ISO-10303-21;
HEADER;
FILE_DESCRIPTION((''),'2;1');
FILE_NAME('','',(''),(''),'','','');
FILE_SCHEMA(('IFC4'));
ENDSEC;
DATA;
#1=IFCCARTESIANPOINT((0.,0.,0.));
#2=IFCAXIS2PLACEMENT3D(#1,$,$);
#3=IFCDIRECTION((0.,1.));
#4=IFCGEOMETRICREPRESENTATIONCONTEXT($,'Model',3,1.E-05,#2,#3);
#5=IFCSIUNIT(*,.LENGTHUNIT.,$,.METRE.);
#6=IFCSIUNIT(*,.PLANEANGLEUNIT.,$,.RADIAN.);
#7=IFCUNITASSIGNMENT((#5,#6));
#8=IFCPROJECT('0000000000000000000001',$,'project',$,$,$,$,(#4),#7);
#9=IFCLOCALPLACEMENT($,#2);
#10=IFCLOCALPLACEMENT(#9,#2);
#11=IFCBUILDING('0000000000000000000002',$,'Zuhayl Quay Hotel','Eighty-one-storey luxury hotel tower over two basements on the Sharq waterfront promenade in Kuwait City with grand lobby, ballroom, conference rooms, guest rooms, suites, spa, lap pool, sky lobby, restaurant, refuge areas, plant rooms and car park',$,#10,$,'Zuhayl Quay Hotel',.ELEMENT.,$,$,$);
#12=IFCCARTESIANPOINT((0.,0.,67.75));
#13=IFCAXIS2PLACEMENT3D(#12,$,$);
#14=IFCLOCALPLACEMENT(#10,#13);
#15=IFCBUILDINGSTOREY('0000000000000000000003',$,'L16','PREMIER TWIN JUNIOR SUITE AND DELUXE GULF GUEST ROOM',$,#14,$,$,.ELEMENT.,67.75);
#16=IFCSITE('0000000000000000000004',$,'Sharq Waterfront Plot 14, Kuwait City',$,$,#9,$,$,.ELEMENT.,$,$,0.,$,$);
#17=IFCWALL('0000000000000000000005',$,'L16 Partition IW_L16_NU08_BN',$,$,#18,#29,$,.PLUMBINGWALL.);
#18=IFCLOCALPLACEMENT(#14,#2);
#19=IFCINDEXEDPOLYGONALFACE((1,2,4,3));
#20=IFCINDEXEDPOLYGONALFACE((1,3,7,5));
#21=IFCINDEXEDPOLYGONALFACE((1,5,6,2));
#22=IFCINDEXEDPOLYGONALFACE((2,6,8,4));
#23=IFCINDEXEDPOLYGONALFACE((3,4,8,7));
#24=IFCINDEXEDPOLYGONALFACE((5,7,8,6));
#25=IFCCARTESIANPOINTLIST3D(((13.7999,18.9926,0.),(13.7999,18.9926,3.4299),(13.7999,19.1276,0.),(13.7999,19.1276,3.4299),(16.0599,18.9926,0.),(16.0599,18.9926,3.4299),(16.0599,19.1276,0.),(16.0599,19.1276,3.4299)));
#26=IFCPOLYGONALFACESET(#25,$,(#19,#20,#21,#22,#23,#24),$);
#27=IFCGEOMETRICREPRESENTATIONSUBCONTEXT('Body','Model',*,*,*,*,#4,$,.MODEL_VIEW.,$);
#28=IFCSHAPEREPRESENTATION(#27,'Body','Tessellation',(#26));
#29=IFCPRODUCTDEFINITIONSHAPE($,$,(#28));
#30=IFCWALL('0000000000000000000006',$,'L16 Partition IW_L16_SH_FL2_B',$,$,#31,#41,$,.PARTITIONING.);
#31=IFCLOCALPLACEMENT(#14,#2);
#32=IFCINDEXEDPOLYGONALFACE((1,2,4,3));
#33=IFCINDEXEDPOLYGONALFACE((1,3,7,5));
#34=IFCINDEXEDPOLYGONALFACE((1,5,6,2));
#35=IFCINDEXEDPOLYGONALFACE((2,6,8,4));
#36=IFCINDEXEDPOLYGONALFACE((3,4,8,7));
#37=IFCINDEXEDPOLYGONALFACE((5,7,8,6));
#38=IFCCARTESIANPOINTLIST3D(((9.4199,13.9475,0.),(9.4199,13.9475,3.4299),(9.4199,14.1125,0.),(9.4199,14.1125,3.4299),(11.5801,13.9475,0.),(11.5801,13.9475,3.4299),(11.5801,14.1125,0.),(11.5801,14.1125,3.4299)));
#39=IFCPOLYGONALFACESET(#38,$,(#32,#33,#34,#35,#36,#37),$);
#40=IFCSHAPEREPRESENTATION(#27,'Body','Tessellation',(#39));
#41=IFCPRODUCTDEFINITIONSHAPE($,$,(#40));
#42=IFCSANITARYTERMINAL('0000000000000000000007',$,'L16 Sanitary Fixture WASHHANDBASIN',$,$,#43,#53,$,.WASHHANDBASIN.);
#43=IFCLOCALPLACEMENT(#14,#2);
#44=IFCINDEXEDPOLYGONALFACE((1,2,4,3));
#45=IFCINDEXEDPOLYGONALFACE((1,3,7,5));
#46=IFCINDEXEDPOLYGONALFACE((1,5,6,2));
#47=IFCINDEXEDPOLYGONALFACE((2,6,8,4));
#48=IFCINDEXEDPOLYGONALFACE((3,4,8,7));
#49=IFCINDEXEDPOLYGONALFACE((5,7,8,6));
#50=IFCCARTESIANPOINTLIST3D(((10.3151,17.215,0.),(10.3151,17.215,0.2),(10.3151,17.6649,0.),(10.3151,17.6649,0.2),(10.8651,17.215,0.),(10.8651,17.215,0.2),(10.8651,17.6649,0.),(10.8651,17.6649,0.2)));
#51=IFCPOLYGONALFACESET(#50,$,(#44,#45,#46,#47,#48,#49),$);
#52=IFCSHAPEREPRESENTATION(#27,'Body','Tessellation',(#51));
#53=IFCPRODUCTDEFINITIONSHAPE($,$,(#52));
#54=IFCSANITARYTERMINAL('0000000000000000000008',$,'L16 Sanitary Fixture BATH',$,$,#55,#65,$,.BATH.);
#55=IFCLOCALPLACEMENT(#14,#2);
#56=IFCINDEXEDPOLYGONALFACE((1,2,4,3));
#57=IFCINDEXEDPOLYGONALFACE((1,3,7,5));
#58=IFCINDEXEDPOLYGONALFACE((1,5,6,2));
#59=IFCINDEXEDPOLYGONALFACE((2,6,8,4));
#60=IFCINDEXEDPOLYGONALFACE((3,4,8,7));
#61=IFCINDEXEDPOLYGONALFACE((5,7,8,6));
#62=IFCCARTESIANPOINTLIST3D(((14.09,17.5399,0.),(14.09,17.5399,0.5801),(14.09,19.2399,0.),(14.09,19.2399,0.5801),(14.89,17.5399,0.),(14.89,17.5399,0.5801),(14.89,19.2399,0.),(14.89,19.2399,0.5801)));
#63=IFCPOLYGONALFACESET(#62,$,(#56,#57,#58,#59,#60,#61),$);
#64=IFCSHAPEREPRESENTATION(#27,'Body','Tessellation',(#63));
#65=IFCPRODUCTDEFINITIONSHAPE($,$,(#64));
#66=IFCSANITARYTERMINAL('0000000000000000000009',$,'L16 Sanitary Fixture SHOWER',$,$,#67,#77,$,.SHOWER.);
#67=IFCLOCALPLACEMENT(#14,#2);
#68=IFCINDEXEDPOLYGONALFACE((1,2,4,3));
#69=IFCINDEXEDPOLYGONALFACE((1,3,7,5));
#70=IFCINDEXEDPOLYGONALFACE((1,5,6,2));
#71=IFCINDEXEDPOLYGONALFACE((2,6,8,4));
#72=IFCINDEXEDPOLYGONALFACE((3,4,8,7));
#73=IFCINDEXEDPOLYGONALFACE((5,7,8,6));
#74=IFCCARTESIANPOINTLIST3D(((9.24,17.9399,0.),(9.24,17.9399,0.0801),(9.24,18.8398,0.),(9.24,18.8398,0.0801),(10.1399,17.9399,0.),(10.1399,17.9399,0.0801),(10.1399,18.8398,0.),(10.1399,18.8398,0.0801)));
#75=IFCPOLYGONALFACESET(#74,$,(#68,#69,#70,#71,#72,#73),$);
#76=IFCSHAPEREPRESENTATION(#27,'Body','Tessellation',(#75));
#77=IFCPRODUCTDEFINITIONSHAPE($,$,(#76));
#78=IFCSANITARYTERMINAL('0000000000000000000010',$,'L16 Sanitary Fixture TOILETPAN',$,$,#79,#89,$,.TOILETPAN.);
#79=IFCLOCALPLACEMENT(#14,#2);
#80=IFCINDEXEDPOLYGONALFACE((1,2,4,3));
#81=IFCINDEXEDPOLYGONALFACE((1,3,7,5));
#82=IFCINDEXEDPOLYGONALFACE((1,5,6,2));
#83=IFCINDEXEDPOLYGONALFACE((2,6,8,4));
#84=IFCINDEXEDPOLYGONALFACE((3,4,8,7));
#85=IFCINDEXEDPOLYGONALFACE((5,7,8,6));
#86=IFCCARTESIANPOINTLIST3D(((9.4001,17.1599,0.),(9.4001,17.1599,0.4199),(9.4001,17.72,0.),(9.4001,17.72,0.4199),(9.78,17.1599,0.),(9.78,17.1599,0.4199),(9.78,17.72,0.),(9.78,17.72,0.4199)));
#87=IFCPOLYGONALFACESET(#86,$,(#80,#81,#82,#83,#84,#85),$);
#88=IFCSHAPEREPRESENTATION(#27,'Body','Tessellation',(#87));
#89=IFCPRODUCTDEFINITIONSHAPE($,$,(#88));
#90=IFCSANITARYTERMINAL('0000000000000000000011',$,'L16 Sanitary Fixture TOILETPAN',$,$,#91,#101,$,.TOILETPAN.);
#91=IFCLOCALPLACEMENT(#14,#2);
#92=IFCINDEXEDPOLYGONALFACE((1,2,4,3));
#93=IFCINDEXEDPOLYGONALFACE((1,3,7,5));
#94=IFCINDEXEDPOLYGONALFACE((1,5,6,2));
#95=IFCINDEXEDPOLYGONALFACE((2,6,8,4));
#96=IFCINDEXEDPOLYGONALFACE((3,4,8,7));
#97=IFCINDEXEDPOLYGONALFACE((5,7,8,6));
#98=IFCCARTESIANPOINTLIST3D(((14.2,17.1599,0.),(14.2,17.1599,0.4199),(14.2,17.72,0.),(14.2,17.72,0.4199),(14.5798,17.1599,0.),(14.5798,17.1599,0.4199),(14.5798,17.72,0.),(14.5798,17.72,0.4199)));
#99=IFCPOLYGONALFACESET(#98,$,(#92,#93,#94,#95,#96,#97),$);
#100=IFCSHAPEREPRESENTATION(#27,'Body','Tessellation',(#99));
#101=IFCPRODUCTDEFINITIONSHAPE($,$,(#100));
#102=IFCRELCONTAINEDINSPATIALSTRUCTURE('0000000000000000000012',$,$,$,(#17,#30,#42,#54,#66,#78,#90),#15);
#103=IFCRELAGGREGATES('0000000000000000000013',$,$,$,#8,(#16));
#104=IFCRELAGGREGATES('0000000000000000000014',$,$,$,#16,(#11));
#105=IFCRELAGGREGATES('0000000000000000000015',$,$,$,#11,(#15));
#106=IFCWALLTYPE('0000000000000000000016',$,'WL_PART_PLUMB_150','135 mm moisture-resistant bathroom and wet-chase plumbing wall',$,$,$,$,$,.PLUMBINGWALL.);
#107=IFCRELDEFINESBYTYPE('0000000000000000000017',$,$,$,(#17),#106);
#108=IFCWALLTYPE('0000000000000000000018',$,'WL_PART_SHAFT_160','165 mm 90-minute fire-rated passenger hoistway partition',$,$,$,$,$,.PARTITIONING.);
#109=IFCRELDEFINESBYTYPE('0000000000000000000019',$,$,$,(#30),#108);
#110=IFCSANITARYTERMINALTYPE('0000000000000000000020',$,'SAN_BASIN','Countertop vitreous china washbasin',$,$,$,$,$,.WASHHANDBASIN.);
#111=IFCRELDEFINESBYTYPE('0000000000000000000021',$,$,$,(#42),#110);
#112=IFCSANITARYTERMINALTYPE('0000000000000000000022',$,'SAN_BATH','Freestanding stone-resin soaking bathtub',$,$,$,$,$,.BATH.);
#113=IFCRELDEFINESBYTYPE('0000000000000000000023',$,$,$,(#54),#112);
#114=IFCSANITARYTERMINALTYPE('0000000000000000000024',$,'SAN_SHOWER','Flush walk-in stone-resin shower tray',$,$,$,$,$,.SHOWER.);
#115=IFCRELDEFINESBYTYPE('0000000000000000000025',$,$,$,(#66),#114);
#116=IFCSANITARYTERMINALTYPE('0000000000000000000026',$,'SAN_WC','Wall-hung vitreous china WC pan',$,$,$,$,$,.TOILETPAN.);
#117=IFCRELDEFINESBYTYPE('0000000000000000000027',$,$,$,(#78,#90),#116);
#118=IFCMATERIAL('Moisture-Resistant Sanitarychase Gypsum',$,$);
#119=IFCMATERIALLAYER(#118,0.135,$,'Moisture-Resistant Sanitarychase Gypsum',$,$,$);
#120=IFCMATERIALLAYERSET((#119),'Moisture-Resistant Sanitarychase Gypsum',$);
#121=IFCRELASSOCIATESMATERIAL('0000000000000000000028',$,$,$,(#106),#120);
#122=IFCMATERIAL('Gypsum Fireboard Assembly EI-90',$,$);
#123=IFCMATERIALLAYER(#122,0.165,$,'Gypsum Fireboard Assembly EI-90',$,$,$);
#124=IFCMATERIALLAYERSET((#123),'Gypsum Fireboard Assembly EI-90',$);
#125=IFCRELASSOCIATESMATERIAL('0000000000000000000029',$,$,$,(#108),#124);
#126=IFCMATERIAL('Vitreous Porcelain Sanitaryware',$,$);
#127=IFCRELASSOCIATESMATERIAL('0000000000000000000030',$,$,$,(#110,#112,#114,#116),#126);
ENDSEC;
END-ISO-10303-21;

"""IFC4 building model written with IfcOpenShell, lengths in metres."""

from ifc_helpers import new_model, si_unit, direction, frame, frame_2d, origin, origin_2d, place, context, subcontext, project, spatial, rectangle, extrude, material, layer, layer_set, type_object, element, save


model = new_model("IFC4")

# Units and contexts
model_context = context("Model", 3, precision=1e-05, world=origin(), true_north=direction((0.0, 1.0)))
body_context = subcontext(model_context, "Body", "Model", "MODEL_VIEW")
ifc_project = project(units=[si_unit("LENGTHUNIT", "METRE"), si_unit("PLANEANGLEUNIT", "RADIAN")], contexts=[model_context])

# Site, building, storey
site_placement = place(None, origin())
site = spatial("IfcSite", under=ifc_project, at=site_placement, Name="Sharq Waterfront Plot 14, Kuwait City", CompositionType="ELEMENT", RefElevation=0.0)
building_placement = place(site_placement, origin())
building = spatial("IfcBuilding", under=site, at=building_placement, Name="Zuhayl Quay Hotel", Description="Eighty-one-storey luxury hotel tower over two basements on the Sharq waterfront promenade in Kuwait City with grand lobby, ballroom, conference rooms, guest rooms, suites, spa, lap pool, sky lobby, restaurant, refuge areas, plant rooms and car park", LongName="Zuhayl Quay Hotel", CompositionType="ELEMENT")
storey_placement = place(building_placement, frame((0.0, 0.0, 67.75)))
storey = spatial("IfcBuildingStorey", under=building, at=storey_placement, Name="L16", Description="PREMIER TWIN JUNIOR SUITE AND DELUXE GULF GUEST ROOM", CompositionType="ELEMENT", Elevation=67.75)

# Shared definitions
ifc_material_1 = material(Name="Moisture-Resistant Sanitarychase Gypsum")
ifc_layer_1 = layer(ifc_material_1, 0.135, Name="Moisture-Resistant Sanitarychase Gypsum")
ifc_layer_set_1 = layer_set([ifc_layer_1], Name="Moisture-Resistant Sanitarychase Gypsum")
wall_type_1 = type_object("IfcWallType", Name="WL_PART_PLUMB_150", Description="135 mm moisture-resistant bathroom and wet-chase plumbing wall", PredefinedType="PLUMBINGWALL", material=ifc_layer_set_1)

# Walls
wall_1_placement = place(storey_placement, frame((13.8, 19.0601, 0.0), z_axis=(0.0, 0.0, 1.0), x_axis=(1.0, 0.0, 0.0)))
element("IfcWall", 1, at=wall_1_placement, inside=storey, type_object=wall_type_1, Name="L16 Partition IW_L16_NU08_BN", PredefinedType="PLUMBINGWALL", context=body_context, shape_type="SweptSolid", body=[
    extrude(rectangle(XDim=2.26, YDim=0.135, at=frame_2d((1.1299, 0.0))), origin(), (0.0, 0.0, 1.0), 3.4299),
])
ifc_material_2 = material(Name="Gypsum Fireboard Assembly EI-90")
ifc_layer_2 = layer(ifc_material_2, 0.165, Name="Gypsum Fireboard Assembly EI-90")
ifc_layer_set_2 = layer_set([ifc_layer_2], Name="Gypsum Fireboard Assembly EI-90")
wall_type_2 = type_object("IfcWallType", Name="WL_PART_SHAFT_160", Description="165 mm 90-minute fire-rated passenger hoistway partition", PredefinedType="PARTITIONING", material=ifc_layer_set_2)
wall_2_placement = place(storey_placement, frame((9.4199, 14.03, 0.0), z_axis=(0.0, 0.0, 1.0), x_axis=(1.0, 0.0, 0.0)))
element("IfcWall", 2, at=wall_2_placement, inside=storey, type_object=wall_type_2, Name="L16 Partition IW_L16_SH_FL2_B", PredefinedType="PARTITIONING", context=body_context, shape_type="SweptSolid", body=[
    extrude(rectangle(XDim=2.1602, YDim=0.165, at=frame_2d((1.0801, 0.0))), origin(), (0.0, 0.0, 1.0), 3.4299),
])

# Sanitary terminals
ifc_material_3 = material(Name="Vitreous Porcelain Sanitaryware")
sanitary_terminal_type_1 = type_object("IfcSanitaryTerminalType", Name="SAN_BASIN", Description="Countertop vitreous china washbasin", PredefinedType="WASHHANDBASIN", material=ifc_material_3)
sanitary_terminal_1_placement = place(storey_placement, frame((10.5901, 17.4399, 0.0), z_axis=(0.0, 0.0, 1.0), x_axis=(1.0, 0.0, 0.0)))
element("IfcSanitaryTerminal", 3, at=sanitary_terminal_1_placement, inside=storey, type_object=sanitary_terminal_type_1, Name="L16 Sanitary Fixture WASHHANDBASIN", PredefinedType="WASHHANDBASIN", context=body_context, shape_type="SweptSolid", body=[
    extrude(rectangle(XDim=0.55, YDim=0.45, at=origin_2d()), origin(), (0.0, 0.0, 1.0), 0.2),
])
sanitary_terminal_type_2 = type_object("IfcSanitaryTerminalType", Name="SAN_BATH", Description="Freestanding stone-resin soaking bathtub", PredefinedType="BATH", material=ifc_material_3)
sanitary_terminal_2_placement = place(storey_placement, frame((14.49, 18.3899, 0.0), z_axis=(0.0, 0.0, 1.0), x_axis=(1.0, 0.0, 0.0)))
element("IfcSanitaryTerminal", 4, at=sanitary_terminal_2_placement, inside=storey, type_object=sanitary_terminal_type_2, Name="L16 Sanitary Fixture BATH", PredefinedType="BATH", context=body_context, shape_type="SweptSolid", body=[
    extrude(rectangle(XDim=0.8, YDim=1.7, at=origin_2d()), origin(), (0.0, 0.0, 1.0), 0.5801),
])
sanitary_terminal_type_3 = type_object("IfcSanitaryTerminalType", Name="SAN_SHOWER", Description="Flush walk-in stone-resin shower tray", PredefinedType="SHOWER", material=ifc_material_3)
sanitary_terminal_3_placement = place(storey_placement, frame((9.6899, 18.3899, 0.0), z_axis=(0.0, 0.0, 1.0), x_axis=(1.0, 0.0, 0.0)))
element("IfcSanitaryTerminal", 5, at=sanitary_terminal_3_placement, inside=storey, type_object=sanitary_terminal_type_3, Name="L16 Sanitary Fixture SHOWER", PredefinedType="SHOWER", context=body_context, shape_type="SweptSolid", body=[
    extrude(rectangle(XDim=0.8999, YDim=0.8999, at=origin_2d()), origin(), (0.0, 0.0, 1.0), 0.0801),
])
sanitary_terminal_type_4 = type_object("IfcSanitaryTerminalType", Name="SAN_WC", Description="Wall-hung vitreous china WC pan", PredefinedType="TOILETPAN", material=ifc_material_3)
for number, where, z_axis, x_axis, name in (
    (6, (9.5901, 17.4399, 0.0), (0.0, 0.0, 1.0), (1.0, 0.0, 0.0), "L16 Sanitary Fixture TOILETPAN"),
    (7, (14.3899, 17.4399, 0.0), (0.0, 0.0, 1.0), (1.0, 0.0, 0.0), "L16 Sanitary Fixture TOILETPAN"),
):
    element("IfcSanitaryTerminal", number, at=place(storey_placement, frame(where, z_axis=z_axis, x_axis=x_axis)), inside=storey, type_object=sanitary_terminal_type_4, Name=name, PredefinedType="TOILETPAN", context=body_context, shape_type="SweptSolid", body=[
        extrude(rectangle(XDim=0.3799, YDim=0.5601, at=origin_2d()), origin(), (0.0, 0.0, 1.0), 0.4199),
    ])

save(model, "model.ifc")
